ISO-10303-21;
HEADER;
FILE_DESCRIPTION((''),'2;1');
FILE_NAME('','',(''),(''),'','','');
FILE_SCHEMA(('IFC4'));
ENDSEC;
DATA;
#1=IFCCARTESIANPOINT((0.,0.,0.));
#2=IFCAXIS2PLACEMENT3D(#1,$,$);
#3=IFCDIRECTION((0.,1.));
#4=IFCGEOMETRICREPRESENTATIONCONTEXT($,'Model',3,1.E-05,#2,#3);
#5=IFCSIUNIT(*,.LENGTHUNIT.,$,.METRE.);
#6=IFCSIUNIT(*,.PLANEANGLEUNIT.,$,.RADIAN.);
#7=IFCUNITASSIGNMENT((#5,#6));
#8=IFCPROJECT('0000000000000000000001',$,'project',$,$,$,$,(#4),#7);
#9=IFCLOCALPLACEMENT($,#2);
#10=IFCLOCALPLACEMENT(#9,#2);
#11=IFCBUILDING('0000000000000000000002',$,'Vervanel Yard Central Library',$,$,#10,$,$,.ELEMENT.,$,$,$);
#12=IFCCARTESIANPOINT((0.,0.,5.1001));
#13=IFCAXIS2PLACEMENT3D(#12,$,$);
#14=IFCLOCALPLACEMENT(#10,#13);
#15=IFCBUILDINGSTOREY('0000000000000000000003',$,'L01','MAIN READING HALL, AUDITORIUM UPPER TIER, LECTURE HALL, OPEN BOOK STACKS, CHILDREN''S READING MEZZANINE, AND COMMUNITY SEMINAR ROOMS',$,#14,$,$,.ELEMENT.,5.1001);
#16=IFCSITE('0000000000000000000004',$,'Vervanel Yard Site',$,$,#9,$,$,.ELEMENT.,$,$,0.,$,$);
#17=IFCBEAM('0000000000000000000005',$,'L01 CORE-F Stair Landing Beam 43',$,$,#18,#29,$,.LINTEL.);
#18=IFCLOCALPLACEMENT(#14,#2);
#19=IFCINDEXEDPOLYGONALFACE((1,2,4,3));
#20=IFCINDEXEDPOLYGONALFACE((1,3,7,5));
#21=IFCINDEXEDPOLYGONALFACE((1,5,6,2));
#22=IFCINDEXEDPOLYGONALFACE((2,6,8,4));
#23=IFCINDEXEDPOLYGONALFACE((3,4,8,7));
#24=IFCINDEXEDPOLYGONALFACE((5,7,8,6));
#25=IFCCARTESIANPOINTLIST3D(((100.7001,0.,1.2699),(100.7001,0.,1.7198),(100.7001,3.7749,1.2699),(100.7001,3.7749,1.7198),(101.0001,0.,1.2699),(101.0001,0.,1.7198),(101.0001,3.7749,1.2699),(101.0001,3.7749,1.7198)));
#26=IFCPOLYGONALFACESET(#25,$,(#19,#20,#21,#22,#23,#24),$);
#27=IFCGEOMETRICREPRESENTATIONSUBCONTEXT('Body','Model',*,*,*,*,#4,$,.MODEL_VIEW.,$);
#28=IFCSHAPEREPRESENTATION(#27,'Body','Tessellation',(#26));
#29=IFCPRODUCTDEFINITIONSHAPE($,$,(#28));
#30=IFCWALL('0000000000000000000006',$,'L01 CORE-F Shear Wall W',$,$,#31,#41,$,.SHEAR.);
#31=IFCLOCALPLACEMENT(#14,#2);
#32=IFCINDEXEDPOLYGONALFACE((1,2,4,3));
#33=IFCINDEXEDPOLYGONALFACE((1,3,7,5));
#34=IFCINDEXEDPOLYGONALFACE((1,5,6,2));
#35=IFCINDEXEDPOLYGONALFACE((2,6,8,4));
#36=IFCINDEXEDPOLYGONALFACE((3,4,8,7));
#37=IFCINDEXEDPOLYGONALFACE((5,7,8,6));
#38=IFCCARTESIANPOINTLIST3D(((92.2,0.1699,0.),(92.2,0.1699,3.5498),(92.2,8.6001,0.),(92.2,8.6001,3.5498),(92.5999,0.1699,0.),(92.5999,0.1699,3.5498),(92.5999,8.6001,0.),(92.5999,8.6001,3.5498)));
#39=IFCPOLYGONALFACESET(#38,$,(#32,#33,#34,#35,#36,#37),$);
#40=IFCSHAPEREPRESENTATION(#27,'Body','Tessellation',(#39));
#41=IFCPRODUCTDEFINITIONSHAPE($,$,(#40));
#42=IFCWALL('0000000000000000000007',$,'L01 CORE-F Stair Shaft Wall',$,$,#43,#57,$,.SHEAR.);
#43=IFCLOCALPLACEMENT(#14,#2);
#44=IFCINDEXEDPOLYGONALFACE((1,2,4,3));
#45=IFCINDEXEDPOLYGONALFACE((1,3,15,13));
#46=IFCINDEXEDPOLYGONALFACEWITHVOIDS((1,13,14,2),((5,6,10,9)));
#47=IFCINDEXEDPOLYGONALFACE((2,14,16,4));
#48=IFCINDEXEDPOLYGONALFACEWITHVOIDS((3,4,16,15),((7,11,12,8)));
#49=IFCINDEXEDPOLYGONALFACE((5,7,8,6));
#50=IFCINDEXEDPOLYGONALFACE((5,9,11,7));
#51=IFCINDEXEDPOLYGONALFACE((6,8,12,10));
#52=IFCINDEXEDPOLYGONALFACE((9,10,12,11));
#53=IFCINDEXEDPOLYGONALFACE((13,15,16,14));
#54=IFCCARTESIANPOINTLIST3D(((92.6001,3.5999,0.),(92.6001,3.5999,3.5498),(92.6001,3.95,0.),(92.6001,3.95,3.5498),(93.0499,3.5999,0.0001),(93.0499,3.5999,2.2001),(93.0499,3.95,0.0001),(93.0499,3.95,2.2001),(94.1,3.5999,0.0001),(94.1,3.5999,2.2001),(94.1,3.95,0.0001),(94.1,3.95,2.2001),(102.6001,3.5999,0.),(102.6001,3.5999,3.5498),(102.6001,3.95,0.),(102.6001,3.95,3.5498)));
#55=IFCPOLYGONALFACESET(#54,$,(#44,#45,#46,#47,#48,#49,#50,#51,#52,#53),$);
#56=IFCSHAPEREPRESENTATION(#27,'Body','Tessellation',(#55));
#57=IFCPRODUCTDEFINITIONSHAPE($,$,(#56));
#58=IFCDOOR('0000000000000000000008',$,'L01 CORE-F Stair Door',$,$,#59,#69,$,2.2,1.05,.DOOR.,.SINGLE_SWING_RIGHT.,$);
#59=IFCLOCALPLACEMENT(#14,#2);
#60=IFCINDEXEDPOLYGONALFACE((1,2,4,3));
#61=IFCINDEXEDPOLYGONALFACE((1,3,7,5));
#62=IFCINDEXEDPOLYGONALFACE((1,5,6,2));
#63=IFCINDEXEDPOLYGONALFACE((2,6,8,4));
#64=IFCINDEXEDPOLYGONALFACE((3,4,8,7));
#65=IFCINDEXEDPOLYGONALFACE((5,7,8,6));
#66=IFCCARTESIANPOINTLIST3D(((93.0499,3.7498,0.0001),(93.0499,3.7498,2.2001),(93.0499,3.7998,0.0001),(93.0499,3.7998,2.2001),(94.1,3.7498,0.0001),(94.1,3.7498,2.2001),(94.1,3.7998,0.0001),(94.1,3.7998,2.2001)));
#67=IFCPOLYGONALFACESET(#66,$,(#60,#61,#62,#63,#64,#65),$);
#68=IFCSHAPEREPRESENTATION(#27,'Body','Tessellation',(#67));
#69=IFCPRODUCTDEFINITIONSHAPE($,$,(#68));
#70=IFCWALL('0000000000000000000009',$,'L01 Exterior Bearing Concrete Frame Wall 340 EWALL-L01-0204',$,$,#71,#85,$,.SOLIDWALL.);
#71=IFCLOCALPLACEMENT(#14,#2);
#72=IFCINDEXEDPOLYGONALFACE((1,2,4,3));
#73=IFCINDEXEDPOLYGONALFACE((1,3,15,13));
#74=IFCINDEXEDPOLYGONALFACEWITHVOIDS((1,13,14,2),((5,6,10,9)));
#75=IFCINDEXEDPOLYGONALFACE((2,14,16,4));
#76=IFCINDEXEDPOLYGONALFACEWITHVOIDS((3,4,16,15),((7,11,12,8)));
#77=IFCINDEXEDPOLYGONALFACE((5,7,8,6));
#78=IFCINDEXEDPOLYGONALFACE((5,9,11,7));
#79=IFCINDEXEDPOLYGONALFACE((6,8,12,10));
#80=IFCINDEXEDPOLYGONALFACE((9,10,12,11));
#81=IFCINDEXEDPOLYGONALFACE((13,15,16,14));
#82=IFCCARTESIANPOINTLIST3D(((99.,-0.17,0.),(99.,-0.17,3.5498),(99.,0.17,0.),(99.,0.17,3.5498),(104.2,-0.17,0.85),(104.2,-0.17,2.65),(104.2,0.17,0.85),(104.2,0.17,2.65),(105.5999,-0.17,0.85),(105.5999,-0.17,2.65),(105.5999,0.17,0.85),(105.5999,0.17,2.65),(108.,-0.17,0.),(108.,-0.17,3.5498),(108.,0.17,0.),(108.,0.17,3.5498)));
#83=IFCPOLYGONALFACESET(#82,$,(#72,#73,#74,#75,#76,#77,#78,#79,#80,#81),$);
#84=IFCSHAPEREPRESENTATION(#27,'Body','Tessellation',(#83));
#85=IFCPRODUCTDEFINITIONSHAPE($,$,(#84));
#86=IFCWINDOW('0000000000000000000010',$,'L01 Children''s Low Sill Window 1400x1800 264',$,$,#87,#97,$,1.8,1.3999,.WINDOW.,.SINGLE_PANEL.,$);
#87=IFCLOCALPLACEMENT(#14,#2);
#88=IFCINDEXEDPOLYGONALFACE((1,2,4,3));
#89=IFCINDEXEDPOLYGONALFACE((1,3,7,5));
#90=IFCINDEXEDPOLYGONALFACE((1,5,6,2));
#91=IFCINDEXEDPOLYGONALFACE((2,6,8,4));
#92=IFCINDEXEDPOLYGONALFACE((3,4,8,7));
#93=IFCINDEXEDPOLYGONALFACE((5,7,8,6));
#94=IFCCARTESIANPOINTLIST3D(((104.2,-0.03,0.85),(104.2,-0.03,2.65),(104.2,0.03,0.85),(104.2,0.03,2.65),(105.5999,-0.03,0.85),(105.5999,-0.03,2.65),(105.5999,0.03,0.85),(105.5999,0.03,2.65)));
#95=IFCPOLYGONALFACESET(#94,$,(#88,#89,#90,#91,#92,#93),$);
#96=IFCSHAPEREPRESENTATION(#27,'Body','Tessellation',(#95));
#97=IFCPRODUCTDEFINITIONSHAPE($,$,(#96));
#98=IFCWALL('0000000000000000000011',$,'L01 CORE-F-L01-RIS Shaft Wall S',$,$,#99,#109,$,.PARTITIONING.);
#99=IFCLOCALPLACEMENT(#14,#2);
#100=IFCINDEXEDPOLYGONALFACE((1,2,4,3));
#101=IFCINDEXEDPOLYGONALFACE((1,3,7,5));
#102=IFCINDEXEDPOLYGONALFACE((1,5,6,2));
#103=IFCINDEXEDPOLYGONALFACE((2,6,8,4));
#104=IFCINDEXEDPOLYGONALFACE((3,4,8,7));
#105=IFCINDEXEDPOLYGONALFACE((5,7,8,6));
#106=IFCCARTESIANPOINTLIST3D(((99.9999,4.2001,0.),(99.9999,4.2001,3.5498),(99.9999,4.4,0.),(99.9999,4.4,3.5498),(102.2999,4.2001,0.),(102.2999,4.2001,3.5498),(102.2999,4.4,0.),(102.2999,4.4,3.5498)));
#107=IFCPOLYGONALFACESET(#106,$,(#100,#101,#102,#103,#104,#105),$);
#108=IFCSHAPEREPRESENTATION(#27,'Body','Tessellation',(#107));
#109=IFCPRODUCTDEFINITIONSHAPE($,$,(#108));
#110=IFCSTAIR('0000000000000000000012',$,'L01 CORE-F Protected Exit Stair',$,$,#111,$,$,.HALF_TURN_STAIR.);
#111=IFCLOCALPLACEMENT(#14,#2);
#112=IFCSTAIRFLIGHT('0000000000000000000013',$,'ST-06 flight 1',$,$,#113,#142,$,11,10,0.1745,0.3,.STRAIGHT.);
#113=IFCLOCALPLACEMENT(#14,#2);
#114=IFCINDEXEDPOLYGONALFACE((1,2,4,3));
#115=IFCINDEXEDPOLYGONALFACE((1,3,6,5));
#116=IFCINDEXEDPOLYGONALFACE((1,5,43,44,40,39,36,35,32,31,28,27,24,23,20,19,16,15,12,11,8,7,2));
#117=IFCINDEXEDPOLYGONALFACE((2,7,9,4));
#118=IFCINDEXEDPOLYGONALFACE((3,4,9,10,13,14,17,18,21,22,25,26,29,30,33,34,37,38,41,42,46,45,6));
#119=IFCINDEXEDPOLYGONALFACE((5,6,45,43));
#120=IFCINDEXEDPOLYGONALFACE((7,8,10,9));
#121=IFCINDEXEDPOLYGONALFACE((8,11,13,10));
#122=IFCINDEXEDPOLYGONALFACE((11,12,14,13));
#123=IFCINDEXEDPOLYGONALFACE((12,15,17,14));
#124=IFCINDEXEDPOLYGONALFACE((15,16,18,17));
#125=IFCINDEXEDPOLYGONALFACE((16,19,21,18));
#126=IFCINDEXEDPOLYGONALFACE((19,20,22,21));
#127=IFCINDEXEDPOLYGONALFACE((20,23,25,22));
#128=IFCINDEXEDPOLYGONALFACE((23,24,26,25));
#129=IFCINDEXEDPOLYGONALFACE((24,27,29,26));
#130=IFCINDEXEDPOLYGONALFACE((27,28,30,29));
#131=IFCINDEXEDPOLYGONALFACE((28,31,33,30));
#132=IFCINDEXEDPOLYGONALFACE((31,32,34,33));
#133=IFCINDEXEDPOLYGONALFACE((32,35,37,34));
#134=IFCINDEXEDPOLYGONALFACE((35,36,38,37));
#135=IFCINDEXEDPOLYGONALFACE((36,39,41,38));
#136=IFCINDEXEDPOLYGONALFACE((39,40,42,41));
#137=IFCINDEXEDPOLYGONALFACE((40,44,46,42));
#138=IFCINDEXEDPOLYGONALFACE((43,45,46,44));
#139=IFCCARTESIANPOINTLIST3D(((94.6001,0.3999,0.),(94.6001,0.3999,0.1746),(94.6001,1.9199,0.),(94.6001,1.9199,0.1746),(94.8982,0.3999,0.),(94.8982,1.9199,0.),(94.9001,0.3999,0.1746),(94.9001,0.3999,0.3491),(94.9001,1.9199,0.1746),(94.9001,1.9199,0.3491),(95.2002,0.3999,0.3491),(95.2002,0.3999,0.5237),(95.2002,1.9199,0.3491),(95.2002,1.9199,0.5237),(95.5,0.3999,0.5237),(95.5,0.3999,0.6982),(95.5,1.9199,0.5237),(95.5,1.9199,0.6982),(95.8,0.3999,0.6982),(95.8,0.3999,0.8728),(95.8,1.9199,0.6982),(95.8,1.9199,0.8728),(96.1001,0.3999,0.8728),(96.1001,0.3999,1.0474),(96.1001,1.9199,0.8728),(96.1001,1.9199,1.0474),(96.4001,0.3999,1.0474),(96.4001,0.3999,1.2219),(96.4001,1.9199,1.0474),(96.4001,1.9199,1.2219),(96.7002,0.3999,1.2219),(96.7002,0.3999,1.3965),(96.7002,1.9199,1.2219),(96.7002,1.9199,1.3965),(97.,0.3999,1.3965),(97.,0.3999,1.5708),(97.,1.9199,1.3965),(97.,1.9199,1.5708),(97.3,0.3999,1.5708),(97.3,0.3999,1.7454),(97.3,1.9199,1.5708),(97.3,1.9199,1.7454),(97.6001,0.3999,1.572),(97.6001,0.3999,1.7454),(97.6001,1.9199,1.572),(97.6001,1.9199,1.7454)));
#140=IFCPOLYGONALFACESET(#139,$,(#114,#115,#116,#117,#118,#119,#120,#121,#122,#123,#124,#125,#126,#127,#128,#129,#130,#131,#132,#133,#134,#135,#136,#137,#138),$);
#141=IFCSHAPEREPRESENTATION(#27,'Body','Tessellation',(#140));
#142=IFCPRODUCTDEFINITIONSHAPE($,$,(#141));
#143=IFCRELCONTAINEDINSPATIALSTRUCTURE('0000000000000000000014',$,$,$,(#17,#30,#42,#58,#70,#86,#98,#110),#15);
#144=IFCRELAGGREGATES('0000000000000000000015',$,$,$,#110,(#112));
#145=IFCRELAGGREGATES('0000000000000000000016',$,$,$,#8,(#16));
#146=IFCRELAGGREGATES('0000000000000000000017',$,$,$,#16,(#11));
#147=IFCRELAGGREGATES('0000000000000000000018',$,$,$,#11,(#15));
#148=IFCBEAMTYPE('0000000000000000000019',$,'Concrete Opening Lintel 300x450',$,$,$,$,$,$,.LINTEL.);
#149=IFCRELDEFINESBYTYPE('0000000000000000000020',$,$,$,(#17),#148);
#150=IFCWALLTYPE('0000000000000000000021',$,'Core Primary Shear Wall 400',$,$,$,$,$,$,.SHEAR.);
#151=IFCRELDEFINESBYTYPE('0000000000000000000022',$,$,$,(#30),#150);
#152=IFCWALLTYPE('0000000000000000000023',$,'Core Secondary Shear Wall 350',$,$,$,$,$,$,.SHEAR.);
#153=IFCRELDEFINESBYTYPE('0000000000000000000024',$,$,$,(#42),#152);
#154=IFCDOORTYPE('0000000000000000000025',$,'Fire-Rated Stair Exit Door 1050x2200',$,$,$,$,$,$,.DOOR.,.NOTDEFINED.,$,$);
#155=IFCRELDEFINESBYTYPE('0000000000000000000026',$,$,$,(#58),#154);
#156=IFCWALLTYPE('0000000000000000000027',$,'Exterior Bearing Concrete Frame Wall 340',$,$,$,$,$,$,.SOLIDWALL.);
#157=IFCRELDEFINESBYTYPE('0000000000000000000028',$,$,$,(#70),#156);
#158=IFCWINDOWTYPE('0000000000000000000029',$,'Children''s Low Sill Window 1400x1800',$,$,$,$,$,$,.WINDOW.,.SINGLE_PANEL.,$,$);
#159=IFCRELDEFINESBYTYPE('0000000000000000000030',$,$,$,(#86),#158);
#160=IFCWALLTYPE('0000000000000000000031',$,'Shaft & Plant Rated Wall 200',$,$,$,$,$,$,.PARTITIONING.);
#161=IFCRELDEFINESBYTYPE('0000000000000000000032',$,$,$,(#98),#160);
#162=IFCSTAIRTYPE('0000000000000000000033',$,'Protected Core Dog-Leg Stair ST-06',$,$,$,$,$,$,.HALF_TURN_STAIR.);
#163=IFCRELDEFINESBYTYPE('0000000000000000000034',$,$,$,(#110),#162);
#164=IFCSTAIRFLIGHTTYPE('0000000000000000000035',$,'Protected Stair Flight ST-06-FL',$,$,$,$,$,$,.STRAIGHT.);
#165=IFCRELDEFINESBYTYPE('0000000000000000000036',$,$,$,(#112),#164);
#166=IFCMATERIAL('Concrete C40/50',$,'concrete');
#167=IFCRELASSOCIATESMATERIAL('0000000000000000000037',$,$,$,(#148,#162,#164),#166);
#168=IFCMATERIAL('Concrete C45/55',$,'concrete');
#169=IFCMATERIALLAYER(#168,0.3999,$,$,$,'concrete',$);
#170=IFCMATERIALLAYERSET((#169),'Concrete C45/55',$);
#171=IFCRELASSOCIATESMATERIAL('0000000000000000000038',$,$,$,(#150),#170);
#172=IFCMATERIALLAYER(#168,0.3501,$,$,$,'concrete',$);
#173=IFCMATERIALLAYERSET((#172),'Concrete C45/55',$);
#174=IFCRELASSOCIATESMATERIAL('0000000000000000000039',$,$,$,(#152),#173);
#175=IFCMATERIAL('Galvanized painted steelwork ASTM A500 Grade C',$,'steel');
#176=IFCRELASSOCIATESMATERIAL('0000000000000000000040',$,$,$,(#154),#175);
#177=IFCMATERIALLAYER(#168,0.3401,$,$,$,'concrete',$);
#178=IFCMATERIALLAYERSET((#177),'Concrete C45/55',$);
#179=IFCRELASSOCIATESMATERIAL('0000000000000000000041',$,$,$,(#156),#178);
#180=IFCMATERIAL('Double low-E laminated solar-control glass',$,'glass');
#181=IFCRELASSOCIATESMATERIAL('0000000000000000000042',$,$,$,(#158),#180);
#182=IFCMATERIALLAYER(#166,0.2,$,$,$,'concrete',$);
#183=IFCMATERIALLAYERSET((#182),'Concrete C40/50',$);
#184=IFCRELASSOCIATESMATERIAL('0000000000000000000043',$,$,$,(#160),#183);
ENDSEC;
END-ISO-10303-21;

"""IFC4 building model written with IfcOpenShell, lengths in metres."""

from ifc_helpers import new_model, si_unit, direction, frame, frame_2d, origin, origin_2d, place, context, subcontext, project, spatial, polyline, rectangle, outline, extrude, material, layer, layer_set, material_profile, profile_set, type_object, element, fill, aggregate, save


model = new_model("IFC4")

# Units and contexts
model_context = context("Model", 3, precision=1e-05, world=origin(), true_north=direction((0.0, 1.0)))
body_context = subcontext(model_context, "Body", "Model", "MODEL_VIEW")
ifc_project = project(units=[si_unit("LENGTHUNIT", "METRE"), si_unit("PLANEANGLEUNIT", "RADIAN")], contexts=[model_context])

# Site, building, storey
site_placement = place(None, origin())
site = spatial("IfcSite", under=ifc_project, at=site_placement, Name="Vervanel Yard Site", CompositionType="ELEMENT", RefElevation=0.0)
building_placement = place(site_placement, origin())
building = spatial("IfcBuilding", under=site, at=building_placement, Name="Vervanel Yard Central Library", CompositionType="ELEMENT")
storey_placement = place(building_placement, frame((0.0, 0.0, 5.1001)))
storey = spatial("IfcBuildingStorey", under=building, at=storey_placement, Name="L01", Description="MAIN READING HALL, AUDITORIUM UPPER TIER, LECTURE HALL, OPEN BOOK STACKS, CHILDREN'S READING MEZZANINE, AND COMMUNITY SEMINAR ROOMS", CompositionType="ELEMENT", Elevation=5.1001)

# Beam
ifc_material_1 = material(Name="Concrete C40/50", Category="concrete")
ifc_material_profile = material_profile(ifc_material_1, rectangle(XDim=0.3, YDim=0.45, at=origin_2d()), Name="RC 300x450", Category="concrete")
ifc_profile_set = profile_set([ifc_material_profile], Name="Concrete C40/50")
beam_type = type_object("IfcBeamType", Name="Concrete Opening Lintel 300x450", PredefinedType="LINTEL", material=ifc_profile_set)
beam_placement = place(storey_placement, frame((100.8501, 0.0, 1.4949), z_axis=(0.0, 1.0, 0.0), x_axis=(-1.0, 0.0, 0.0)))
element("IfcBeam", 1, at=beam_placement, inside=storey, type_object=beam_type, Name="L01 CORE-F Stair Landing Beam 43", PredefinedType="LINTEL", context=body_context, shape_type="SweptSolid", body=[
    extrude(rectangle(XDim=0.3, YDim=0.45, at=origin_2d()), origin(), (0.0, 0.0, 1.0), 3.7749),
])

# Wall
ifc_material_2 = material(Name="Concrete C45/55", Category="concrete")
ifc_layer_1 = layer(ifc_material_2, 0.3999, Category="concrete")
ifc_layer_set_1 = layer_set([ifc_layer_1], Name="Concrete C45/55")
wall_type_1 = type_object("IfcWallType", Name="Core Primary Shear Wall 400", PredefinedType="SHEAR", material=ifc_layer_set_1)
wall_1_placement = place(storey_placement, frame((92.3999, 0.1699, 0.0), z_axis=(0.0, 0.0, 1.0), x_axis=(0.0, 1.0, 0.0)))
element("IfcWall", 2, at=wall_1_placement, inside=storey, type_object=wall_type_1, Name="L01 CORE-F Shear Wall W", PredefinedType="SHEAR", context=body_context, shape_type="SweptSolid", body=[
    extrude(rectangle(XDim=8.4302, YDim=0.3999, at=frame_2d((4.2151, 0.0))), origin(), (0.0, 0.0, 1.0), 3.5498),
])

# Wall, opening, door
ifc_layer_2 = layer(ifc_material_2, 0.3501, Category="concrete")
ifc_layer_set_2 = layer_set([ifc_layer_2], Name="Concrete C45/55")
wall_type_2 = type_object("IfcWallType", Name="Core Secondary Shear Wall 350", PredefinedType="SHEAR", material=ifc_layer_set_2)
wall_2_placement = place(storey_placement, frame((92.6001, 3.7749, 0.0), z_axis=(0.0, 0.0, 1.0), x_axis=(1.0, 0.0, 0.0)))
wall_2 = element("IfcWall", 3, at=wall_2_placement, inside=storey, type_object=wall_type_2, Name="L01 CORE-F Stair Shaft Wall", PredefinedType="SHEAR", context=body_context, shape_type="SweptSolid", body=[
    extrude(rectangle(XDim=10.0, YDim=0.3501, at=frame_2d((5.0, 0.0))), origin(), (0.0, 0.0, 1.0), 3.5498),
])
opening_1_placement = place(wall_2_placement, frame((0.45, 0.0, 0.0)))
opening_1 = element("IfcOpeningElement", 4, at=opening_1_placement, cuts=wall_2, PredefinedType="OPENING", context=body_context, shape_type="SweptSolid", body=[
    extrude(rectangle(XDim=1.05, YDim=2.2, at=frame_2d((0.5249, 1.1001))), frame((0.0, 0.1851, 0.0), z_axis=(0.0, -1.0, 0.0), x_axis=(1.0, 0.0, 0.0)), (0.0, 0.0, 1.0), 0.3701),
])
ifc_material_3 = material(Name="Galvanized painted steelwork ASTM A500 Grade C", Category="steel")
door_type = type_object("IfcDoorType", Name="Fire-Rated Stair Exit Door 1050x2200", OperationType="NOTDEFINED", PredefinedType="DOOR", material=ifc_material_3)
door_placement = place(opening_1_placement, origin())
door = element("IfcDoor", 5, at=door_placement, inside=storey, type_object=door_type, Name="L01 CORE-F Stair Door", OperationType="SINGLE_SWING_RIGHT", OverallHeight=2.2, OverallWidth=1.05, PredefinedType="DOOR", context=body_context, shape_type="SweptSolid", body=[
    extrude(rectangle(XDim=1.05, YDim=2.2, at=frame_2d((0.5249, 1.1001))), frame((0.0, 0.0249, 0.0), z_axis=(0.0, -1.0, 0.0), x_axis=(1.0, 0.0, 0.0)), (0.0, 0.0, 1.0), 0.05),
])
fill(opening_1, door)

# Wall, opening, window
ifc_layer_3 = layer(ifc_material_2, 0.3401, Category="concrete")
ifc_layer_set_3 = layer_set([ifc_layer_3], Name="Concrete C45/55")
wall_type_3 = type_object("IfcWallType", Name="Exterior Bearing Concrete Frame Wall 340", PredefinedType="SOLIDWALL", material=ifc_layer_set_3)
wall_3_placement = place(storey_placement, frame((99.0, 0.0, 0.0), z_axis=(0.0, 0.0, 1.0), x_axis=(1.0, 0.0, 0.0)))
wall_3 = element("IfcWall", 6, at=wall_3_placement, inside=storey, type_object=wall_type_3, Name="L01 Exterior Bearing Concrete Frame Wall 340 EWALL-L01-0204", PredefinedType="SOLIDWALL", context=body_context, shape_type="SweptSolid", body=[
    extrude(rectangle(XDim=9.0, YDim=0.3401, at=frame_2d((4.5, 0.0))), origin(), (0.0, 0.0, 1.0), 3.5498),
])
opening_2_placement = place(wall_3_placement, frame((5.2, 0.0, 0.8501)))
opening_2 = element("IfcOpeningElement", 7, at=opening_2_placement, cuts=wall_3, PredefinedType="OPENING", context=body_context, shape_type="SweptSolid", body=[
    extrude(rectangle(XDim=1.3999, YDim=1.8, at=frame_2d((0.7, 0.8999))), frame((0.0, 0.1799, 0.0), z_axis=(0.0, -1.0, 0.0), x_axis=(1.0, 0.0, 0.0)), (0.0, 0.0, 1.0), 0.3601),
])
ifc_material_4 = material(Name="Double low-E laminated solar-control glass", Category="glass")
window_type = type_object("IfcWindowType", Name="Children's Low Sill Window 1400x1800", PartitioningType="SINGLE_PANEL", PredefinedType="WINDOW", material=ifc_material_4)
window_placement = place(opening_2_placement, origin())
window = element("IfcWindow", 8, at=window_placement, inside=storey, type_object=window_type, Name="L01 Children's Low Sill Window 1400x1800 264", OverallHeight=1.8, OverallWidth=1.3999, PartitioningType="SINGLE_PANEL", PredefinedType="WINDOW", context=body_context, shape_type="SweptSolid", body=[
    extrude(rectangle(XDim=1.3999, YDim=1.8, at=frame_2d((0.7, 0.8999))), frame((0.0, 0.03, 0.0), z_axis=(0.0, -1.0, 0.0), x_axis=(1.0, 0.0, 0.0)), (0.0, 0.0, 1.0), 0.0601),
])
fill(opening_2, window)

# Wall
ifc_layer_4 = layer(ifc_material_1, 0.2, Category="concrete")
ifc_layer_set_4 = layer_set([ifc_layer_4], Name="Concrete C40/50")
wall_type_4 = type_object("IfcWallType", Name="Shaft & Plant Rated Wall 200", PredefinedType="PARTITIONING", material=ifc_layer_set_4)
wall_4_placement = place(storey_placement, frame((100.0, 4.3, 0.0), z_axis=(0.0, 0.0, 1.0), x_axis=(1.0, 0.0, 0.0)))
element("IfcWall", 9, at=wall_4_placement, inside=storey, type_object=wall_type_4, Name="L01 CORE-F-L01-RIS Shaft Wall S", PredefinedType="PARTITIONING", context=body_context, shape_type="SweptSolid", body=[
    extrude(rectangle(XDim=2.3, YDim=0.2, at=frame_2d((1.1499, 0.0))), origin(), (0.0, 0.0, 1.0), 3.5498),
])

# Stair, stair flight
stair_type = type_object("IfcStairType", Name="Protected Core Dog-Leg Stair ST-06", PredefinedType="HALF_TURN_STAIR", material=ifc_material_1)
stair_placement = place(storey_placement, origin())
stair = element("IfcStair", 10, at=stair_placement, inside=storey, type_object=stair_type, Name="L01 CORE-F Protected Exit Stair", PredefinedType="HALF_TURN_STAIR")
stair_flight_type = type_object("IfcStairFlightType", Name="Protected Stair Flight ST-06-FL", PredefinedType="STRAIGHT", material=ifc_material_1)
stair_flight_1_placement = place(storey_placement, frame((94.6001, 1.1599, 0.0), z_axis=(0.0, 0.0, 1.0), x_axis=(1.0, 0.0, 0.0)))
stair_flight_1 = element("IfcStairFlight", 11, at=stair_flight_1_placement, type_object=stair_flight_type, Name="ST-06 flight 1", NumberOfRisers=11, NumberOfTreads=10, PredefinedType="STRAIGHT", RiserHeight=0.1745, TreadLength=0.3, context=body_context, shape_type="SweptSolid", body=[
    extrude(outline(polyline([(0.0, 0.0), (0.0, 0.1746), (0.3, 0.1746), (0.3, 0.3491), (0.6001, 0.3491), (0.6001, 0.5237), (0.8999, 0.5237), (0.8999, 0.6982), (1.2, 0.6982), (1.2, 0.8728), (1.5, 0.8728), (1.5, 1.0474), (1.8, 1.0474), (1.8, 1.2219), (2.1001, 1.2219), (2.1001, 1.3965), (2.3999, 1.3965), (2.3999, 1.5708), (2.7, 1.5708), (2.7, 1.7454), (3.0, 1.7454), (3.0, 1.9199), (3.0, 1.572), (0.2981, 0.0), (0.0, 0.0)])), frame((0.0, 0.76, 0.0), z_axis=(0.0, -1.0, 0.0), x_axis=(1.0, 0.0, 0.0)), (0.0, 0.0, 1.0), 1.52),
])
aggregate(stair, [stair_flight_1])

save(model, "model.ifc")
